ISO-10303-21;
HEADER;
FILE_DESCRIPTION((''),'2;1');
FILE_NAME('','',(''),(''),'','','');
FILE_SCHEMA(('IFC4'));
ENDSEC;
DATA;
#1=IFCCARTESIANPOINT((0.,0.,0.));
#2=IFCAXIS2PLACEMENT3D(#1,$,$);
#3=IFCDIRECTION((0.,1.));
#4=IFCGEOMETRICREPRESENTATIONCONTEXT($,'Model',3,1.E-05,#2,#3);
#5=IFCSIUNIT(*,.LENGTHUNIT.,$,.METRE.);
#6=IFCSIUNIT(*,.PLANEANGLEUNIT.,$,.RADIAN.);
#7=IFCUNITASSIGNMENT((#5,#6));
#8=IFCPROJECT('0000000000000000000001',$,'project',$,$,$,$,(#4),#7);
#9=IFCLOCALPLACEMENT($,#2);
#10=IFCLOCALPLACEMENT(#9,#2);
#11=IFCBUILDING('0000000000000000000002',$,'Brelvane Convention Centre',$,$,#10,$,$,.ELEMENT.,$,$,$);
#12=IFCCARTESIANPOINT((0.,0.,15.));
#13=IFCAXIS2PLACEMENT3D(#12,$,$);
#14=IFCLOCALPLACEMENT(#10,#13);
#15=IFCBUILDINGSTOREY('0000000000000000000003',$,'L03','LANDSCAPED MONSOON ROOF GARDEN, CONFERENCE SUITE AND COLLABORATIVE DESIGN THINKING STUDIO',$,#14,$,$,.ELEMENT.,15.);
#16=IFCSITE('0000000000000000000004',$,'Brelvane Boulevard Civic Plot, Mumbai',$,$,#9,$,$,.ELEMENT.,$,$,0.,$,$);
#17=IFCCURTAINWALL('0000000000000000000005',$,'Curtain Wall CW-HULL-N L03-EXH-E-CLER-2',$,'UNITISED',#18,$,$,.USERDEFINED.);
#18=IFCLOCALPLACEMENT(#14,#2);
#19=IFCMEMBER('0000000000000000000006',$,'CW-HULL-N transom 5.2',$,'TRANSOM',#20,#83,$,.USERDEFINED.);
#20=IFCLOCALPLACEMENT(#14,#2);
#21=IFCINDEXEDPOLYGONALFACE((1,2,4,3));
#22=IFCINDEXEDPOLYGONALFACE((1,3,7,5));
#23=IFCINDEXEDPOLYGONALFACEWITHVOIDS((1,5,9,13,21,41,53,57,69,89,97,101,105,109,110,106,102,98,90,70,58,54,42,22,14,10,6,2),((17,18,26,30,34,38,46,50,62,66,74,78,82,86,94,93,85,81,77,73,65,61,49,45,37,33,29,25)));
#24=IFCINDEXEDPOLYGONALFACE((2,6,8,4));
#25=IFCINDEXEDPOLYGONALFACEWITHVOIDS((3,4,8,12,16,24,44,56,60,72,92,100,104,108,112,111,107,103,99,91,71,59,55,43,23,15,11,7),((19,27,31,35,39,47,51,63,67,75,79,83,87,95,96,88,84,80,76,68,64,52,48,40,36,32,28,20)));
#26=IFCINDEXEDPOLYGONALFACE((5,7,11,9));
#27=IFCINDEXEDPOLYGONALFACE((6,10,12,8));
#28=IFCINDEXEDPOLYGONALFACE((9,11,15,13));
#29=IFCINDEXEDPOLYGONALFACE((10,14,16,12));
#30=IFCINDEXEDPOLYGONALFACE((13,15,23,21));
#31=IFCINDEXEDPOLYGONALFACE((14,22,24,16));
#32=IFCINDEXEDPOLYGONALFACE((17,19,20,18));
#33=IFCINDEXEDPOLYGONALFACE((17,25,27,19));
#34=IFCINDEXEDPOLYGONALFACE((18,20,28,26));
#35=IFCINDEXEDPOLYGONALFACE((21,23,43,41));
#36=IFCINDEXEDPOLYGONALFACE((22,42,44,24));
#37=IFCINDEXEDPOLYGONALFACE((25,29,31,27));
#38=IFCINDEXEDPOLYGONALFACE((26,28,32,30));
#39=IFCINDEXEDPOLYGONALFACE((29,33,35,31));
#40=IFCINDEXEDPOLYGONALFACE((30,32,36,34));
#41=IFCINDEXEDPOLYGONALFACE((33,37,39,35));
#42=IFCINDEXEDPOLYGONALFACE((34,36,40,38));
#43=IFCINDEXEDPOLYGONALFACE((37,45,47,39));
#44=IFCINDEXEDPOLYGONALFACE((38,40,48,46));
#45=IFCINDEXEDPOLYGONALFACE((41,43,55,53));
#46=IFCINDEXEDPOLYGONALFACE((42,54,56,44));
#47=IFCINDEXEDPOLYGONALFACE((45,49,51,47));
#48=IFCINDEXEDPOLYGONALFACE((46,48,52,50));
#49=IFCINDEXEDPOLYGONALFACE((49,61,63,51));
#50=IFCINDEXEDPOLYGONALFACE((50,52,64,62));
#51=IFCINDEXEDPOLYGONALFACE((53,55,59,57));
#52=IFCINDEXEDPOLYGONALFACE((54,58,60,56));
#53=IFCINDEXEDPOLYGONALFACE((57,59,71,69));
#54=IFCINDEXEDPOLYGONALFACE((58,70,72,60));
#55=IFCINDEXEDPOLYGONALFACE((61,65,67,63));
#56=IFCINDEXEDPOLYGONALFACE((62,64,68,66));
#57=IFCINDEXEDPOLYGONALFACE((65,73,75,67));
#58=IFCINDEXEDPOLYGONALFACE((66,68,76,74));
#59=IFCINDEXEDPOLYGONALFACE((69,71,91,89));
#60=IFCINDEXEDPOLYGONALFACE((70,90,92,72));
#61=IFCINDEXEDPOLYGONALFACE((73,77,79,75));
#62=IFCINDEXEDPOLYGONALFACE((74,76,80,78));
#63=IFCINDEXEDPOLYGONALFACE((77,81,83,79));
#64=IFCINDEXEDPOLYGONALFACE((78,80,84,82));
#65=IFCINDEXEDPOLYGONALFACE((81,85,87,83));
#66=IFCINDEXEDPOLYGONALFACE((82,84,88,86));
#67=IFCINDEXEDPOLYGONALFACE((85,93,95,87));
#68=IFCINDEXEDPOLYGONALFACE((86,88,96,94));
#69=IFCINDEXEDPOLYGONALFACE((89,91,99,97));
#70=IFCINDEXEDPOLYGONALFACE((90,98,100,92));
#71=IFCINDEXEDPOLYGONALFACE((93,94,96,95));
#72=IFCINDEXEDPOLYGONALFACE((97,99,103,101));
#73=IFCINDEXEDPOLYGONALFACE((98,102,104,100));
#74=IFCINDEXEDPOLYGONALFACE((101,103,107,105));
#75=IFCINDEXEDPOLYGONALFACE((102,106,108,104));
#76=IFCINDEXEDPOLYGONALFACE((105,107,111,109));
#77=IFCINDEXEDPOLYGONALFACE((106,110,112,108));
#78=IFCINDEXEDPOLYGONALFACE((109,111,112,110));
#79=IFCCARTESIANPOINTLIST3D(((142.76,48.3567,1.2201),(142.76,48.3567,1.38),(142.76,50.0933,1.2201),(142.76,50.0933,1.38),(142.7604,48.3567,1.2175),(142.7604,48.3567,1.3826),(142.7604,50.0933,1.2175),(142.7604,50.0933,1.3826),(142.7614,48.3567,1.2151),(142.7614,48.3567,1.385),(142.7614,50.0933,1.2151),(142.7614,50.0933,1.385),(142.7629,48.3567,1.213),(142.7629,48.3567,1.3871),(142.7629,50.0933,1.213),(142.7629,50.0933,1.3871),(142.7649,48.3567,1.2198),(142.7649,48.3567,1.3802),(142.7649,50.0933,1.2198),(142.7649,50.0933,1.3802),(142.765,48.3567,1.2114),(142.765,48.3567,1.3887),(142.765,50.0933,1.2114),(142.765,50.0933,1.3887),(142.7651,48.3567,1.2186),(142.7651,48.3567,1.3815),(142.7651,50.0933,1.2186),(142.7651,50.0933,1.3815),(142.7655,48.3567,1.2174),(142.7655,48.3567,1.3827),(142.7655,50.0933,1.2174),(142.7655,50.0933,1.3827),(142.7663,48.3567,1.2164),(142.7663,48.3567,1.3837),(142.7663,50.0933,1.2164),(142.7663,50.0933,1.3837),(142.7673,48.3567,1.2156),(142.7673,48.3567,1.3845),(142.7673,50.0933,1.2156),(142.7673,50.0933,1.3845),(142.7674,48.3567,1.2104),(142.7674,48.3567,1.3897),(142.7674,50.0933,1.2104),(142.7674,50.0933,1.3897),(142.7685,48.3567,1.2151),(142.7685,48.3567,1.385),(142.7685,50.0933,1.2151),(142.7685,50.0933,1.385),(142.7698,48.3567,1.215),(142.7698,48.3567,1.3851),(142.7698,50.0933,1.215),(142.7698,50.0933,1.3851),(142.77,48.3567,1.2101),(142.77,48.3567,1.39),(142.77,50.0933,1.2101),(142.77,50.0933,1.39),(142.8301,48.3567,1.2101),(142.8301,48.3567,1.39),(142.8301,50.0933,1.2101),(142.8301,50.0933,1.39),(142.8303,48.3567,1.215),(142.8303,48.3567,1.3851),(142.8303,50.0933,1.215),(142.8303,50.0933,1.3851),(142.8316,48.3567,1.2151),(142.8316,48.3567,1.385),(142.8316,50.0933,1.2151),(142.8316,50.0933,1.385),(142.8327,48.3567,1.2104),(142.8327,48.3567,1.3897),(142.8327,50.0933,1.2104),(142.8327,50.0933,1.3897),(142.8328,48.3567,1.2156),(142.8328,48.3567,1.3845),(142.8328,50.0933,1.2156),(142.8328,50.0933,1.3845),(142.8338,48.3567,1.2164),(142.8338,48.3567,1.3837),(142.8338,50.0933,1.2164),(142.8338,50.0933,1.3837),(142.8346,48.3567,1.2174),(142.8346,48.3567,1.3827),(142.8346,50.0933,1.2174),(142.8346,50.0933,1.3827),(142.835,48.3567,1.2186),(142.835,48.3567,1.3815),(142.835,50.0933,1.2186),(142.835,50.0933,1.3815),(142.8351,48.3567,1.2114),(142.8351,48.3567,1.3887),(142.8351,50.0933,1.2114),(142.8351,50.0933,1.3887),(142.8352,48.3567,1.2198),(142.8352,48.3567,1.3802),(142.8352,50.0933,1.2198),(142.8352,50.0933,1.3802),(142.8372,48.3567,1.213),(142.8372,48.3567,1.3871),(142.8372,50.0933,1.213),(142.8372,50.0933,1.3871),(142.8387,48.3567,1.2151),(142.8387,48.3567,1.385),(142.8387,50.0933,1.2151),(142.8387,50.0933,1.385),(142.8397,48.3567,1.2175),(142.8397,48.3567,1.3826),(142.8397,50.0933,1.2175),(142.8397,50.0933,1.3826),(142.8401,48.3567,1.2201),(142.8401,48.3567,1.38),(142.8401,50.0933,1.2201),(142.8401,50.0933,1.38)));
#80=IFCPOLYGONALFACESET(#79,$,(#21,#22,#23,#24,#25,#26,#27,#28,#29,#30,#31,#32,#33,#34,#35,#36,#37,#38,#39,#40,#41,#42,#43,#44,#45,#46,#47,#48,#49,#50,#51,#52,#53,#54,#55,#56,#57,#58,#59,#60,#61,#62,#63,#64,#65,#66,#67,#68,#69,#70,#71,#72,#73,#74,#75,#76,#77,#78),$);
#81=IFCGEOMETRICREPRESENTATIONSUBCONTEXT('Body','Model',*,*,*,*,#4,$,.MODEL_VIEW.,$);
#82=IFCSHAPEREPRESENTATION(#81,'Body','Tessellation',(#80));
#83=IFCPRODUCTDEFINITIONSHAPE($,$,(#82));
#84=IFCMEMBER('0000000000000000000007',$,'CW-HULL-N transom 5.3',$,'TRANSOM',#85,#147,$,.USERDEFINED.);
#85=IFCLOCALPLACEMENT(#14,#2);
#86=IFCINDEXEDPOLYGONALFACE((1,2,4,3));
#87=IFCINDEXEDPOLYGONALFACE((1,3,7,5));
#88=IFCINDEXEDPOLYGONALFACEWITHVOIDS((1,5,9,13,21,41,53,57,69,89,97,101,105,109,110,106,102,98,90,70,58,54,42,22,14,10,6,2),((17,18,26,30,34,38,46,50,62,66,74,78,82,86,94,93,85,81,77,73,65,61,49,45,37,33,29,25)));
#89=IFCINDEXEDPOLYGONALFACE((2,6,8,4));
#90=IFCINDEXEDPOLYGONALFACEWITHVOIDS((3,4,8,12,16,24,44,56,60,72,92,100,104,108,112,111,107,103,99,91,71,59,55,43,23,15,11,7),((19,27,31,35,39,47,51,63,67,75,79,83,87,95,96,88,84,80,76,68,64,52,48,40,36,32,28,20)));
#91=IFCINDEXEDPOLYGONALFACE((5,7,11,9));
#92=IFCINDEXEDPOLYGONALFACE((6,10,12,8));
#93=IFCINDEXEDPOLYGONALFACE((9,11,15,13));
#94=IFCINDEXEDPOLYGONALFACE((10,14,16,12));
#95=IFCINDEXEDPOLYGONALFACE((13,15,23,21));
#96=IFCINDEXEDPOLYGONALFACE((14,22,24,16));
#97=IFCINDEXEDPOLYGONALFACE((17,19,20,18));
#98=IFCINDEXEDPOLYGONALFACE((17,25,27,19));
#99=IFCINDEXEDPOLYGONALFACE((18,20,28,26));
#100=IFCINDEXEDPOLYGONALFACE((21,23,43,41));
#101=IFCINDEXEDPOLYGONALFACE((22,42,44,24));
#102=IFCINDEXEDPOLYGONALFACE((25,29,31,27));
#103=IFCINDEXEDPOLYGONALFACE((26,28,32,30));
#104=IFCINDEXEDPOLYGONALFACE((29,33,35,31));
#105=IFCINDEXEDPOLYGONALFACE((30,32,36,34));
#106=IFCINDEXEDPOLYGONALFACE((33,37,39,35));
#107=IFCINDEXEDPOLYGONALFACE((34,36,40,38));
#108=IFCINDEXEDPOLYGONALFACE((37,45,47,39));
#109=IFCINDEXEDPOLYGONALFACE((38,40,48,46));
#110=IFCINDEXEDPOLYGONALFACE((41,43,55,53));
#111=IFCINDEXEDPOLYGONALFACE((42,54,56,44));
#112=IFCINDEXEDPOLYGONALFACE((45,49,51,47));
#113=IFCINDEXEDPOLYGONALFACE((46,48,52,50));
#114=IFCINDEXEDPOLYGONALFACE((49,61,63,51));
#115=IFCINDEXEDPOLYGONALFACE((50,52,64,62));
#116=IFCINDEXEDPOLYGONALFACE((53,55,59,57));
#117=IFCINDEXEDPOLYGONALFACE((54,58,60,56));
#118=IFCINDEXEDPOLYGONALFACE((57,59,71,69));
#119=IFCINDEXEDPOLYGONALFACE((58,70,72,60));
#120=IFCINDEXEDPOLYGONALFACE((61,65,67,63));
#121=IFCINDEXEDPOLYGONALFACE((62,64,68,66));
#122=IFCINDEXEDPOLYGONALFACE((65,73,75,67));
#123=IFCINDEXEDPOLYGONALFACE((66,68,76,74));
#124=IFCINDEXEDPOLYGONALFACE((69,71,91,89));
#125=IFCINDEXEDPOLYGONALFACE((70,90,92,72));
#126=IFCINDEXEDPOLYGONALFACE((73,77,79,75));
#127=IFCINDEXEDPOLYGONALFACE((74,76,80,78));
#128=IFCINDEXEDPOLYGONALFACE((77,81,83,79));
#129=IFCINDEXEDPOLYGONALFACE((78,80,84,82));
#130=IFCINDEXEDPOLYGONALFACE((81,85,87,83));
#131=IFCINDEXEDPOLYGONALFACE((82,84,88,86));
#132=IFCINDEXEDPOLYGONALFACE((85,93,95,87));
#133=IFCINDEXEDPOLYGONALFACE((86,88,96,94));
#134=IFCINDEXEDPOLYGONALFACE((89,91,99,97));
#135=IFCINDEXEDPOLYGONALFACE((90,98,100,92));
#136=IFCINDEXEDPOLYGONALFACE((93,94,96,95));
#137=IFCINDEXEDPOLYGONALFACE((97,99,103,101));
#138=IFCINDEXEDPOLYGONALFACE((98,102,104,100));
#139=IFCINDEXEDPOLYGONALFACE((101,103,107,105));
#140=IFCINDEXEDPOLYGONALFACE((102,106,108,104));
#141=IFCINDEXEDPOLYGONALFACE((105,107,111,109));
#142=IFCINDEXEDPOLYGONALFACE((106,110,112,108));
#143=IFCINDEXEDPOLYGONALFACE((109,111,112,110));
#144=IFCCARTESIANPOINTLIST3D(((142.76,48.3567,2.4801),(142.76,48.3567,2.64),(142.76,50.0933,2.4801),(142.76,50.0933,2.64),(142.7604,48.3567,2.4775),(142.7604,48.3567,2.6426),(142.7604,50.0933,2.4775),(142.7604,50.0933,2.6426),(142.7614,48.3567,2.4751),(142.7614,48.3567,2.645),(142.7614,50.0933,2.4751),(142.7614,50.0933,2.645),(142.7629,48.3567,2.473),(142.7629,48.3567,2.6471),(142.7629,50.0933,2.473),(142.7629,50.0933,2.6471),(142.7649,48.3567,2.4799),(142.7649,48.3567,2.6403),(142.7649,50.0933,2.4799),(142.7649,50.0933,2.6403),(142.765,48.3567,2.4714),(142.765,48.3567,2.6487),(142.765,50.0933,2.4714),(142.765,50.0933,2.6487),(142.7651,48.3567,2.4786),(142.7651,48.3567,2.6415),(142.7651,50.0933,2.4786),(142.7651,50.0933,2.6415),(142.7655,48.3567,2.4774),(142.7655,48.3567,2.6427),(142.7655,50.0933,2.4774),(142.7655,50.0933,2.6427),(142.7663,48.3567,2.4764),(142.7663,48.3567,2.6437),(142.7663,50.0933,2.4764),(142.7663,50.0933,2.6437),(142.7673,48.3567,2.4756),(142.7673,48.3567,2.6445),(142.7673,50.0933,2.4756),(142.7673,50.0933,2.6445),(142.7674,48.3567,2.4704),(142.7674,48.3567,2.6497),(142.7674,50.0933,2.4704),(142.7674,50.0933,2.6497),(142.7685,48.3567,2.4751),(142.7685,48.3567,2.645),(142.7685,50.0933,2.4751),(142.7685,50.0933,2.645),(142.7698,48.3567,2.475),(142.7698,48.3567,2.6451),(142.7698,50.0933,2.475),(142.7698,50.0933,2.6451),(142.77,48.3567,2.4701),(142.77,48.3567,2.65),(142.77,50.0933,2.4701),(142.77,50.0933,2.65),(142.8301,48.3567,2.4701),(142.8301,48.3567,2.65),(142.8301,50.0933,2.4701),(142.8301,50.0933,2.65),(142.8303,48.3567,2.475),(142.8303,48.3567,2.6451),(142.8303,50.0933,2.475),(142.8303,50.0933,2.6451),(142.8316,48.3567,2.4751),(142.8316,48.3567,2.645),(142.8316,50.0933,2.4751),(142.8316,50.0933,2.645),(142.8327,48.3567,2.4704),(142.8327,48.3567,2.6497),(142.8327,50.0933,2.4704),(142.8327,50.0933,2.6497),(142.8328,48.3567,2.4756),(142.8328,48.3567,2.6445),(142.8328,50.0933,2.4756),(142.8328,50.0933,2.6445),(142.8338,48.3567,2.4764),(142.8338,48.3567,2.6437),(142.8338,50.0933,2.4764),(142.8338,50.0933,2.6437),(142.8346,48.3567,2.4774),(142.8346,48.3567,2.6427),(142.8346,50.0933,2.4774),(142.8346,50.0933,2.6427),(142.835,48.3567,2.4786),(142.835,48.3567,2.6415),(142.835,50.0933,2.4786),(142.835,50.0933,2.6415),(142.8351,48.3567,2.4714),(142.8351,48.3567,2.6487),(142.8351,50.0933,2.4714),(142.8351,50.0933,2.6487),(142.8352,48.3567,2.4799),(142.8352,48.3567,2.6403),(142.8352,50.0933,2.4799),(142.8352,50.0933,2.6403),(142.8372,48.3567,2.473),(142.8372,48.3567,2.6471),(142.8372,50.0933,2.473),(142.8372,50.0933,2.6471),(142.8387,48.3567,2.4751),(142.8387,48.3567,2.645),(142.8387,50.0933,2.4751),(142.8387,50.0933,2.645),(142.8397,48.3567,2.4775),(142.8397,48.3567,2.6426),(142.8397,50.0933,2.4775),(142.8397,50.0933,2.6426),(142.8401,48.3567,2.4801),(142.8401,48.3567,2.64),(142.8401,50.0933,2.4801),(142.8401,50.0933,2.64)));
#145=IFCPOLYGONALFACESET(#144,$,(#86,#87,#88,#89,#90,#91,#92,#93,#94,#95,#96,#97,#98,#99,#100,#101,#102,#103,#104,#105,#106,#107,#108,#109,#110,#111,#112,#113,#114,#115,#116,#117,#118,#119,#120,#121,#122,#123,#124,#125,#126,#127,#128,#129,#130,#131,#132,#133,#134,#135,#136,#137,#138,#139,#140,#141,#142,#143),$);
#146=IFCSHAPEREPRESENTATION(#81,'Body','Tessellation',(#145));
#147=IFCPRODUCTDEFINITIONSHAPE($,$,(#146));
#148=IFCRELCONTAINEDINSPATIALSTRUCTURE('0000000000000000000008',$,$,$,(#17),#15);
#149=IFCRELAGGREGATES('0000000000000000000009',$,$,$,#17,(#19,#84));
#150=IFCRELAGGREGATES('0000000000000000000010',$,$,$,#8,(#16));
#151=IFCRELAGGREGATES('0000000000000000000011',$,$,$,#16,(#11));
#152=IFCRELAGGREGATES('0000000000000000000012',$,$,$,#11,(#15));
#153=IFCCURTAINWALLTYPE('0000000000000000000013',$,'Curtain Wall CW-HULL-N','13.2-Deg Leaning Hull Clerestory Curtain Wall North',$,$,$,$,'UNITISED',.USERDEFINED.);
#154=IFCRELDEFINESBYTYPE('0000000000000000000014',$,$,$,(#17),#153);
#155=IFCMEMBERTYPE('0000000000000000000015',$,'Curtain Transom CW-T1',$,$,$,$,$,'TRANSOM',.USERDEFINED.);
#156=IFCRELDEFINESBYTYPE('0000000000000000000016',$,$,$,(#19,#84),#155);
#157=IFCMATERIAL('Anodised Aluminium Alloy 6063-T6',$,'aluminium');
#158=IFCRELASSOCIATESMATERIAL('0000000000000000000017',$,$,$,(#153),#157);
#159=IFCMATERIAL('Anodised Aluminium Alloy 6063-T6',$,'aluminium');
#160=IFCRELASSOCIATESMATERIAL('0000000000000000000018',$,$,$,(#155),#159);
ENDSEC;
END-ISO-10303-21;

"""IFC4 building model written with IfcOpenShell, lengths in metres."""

from ifc_helpers import new_model, si_unit, direction, frame, origin, origin_2d, place, context, subcontext, project, spatial, hollow_rectangle, extrude, material, material_profile, profile_set, type_object, element, aggregate, save


model = new_model("IFC4")

# Units and contexts
model_context = context("Model", 3, precision=1e-05, world=origin(), true_north=direction((0.0, 1.0)))
body_context = subcontext(model_context, "Body", "Model", "MODEL_VIEW")
ifc_project = project(units=[si_unit("LENGTHUNIT", "METRE"), si_unit("PLANEANGLEUNIT", "RADIAN")], contexts=[model_context])

# Site, building, storey
site_placement = place(None, origin())
site = spatial("IfcSite", under=ifc_project, at=site_placement, Name="Brelvane Boulevard Civic Plot, Mumbai", CompositionType="ELEMENT", RefElevation=0.0)
building_placement = place(site_placement, origin())
building = spatial("IfcBuilding", under=site, at=building_placement, Name="Brelvane Convention Centre", CompositionType="ELEMENT")
storey_placement = place(building_placement, frame((0.0, 0.0, 15.0)))
storey = spatial("IfcBuildingStorey", under=building, at=storey_placement, Name="L03", Description="LANDSCAPED MONSOON ROOF GARDEN, CONFERENCE SUITE AND COLLABORATIVE DESIGN THINKING STUDIO", CompositionType="ELEMENT", Elevation=15.0)

# Curtain wall, members
ifc_material_1 = material(Name="Anodised Aluminium Alloy 6063-T6", Category="aluminium")
curtain_wall_type = type_object("IfcCurtainWallType", Name="Curtain Wall CW-HULL-N", Description="13.2-Deg Leaning Hull Clerestory Curtain Wall North", ElementType="UNITISED", PredefinedType="USERDEFINED", material=ifc_material_1)
curtain_wall_placement = place(storey_placement, origin())
curtain_wall = element("IfcCurtainWall", 1, at=curtain_wall_placement, inside=storey, type_object=curtain_wall_type, Name="Curtain Wall CW-HULL-N L03-EXH-E-CLER-2", ObjectType="UNITISED", PredefinedType="USERDEFINED")
ifc_material_2 = material(Name="Anodised Aluminium Alloy 6063-T6", Category="aluminium")
ifc_material_profile_1 = material_profile(ifc_material_2, hollow_rectangle(XDim=0.0801, YDim=0.1799, WallThickness=0.0049, InnerFilletRadius=0.0049, OuterFilletRadius=0.01, at=origin_2d()), Name="ALU-T 180x80x5.0")
ifc_profile_set_1 = profile_set([ifc_material_profile_1], Name="Anodised Aluminium Alloy 6063-T6")
member_type_1 = type_object("IfcMemberType", Name="Curtain Transom CW-T1", ElementType="TRANSOM", PredefinedType="USERDEFINED", material=ifc_profile_set_1)
member_1_placement = place(storey_placement, frame((142.8, 48.3567, 1.3), z_axis=(0.0, 1.0, 0.0), x_axis=(-1.0, 0.0, 0.0)))
member_1 = element("IfcMember", 2, at=member_1_placement, type_object=member_type_1, Name="CW-HULL-N transom 5.2", ObjectType="TRANSOM", PredefinedType="USERDEFINED", context=body_context, shape_type="SweptSolid", body=[
    extrude(hollow_rectangle(XDim=0.0801, YDim=0.1799, WallThickness=0.0049, InnerFilletRadius=0.0049, OuterFilletRadius=0.01, at=origin_2d()), origin(), (0.0, 0.0, 1.0), 1.7366),
])
member_2_placement = place(storey_placement, frame((142.8, 48.3567, 2.5601), z_axis=(0.0, 1.0, 0.0), x_axis=(-1.0, 0.0, 0.0)))
member_2 = element("IfcMember", 3, at=member_2_placement, type_object=member_type_1, Name="CW-HULL-N transom 5.3", ObjectType="TRANSOM", PredefinedType="USERDEFINED", context=body_context, shape_type="SweptSolid", body=[
    extrude(hollow_rectangle(XDim=0.0801, YDim=0.1799, WallThickness=0.0049, InnerFilletRadius=0.0049, OuterFilletRadius=0.01, at=origin_2d()), origin(), (0.0, 0.0, 1.0), 1.7366),
])
aggregate(curtain_wall, [member_1, member_2])

save(model, "model.ifc")
